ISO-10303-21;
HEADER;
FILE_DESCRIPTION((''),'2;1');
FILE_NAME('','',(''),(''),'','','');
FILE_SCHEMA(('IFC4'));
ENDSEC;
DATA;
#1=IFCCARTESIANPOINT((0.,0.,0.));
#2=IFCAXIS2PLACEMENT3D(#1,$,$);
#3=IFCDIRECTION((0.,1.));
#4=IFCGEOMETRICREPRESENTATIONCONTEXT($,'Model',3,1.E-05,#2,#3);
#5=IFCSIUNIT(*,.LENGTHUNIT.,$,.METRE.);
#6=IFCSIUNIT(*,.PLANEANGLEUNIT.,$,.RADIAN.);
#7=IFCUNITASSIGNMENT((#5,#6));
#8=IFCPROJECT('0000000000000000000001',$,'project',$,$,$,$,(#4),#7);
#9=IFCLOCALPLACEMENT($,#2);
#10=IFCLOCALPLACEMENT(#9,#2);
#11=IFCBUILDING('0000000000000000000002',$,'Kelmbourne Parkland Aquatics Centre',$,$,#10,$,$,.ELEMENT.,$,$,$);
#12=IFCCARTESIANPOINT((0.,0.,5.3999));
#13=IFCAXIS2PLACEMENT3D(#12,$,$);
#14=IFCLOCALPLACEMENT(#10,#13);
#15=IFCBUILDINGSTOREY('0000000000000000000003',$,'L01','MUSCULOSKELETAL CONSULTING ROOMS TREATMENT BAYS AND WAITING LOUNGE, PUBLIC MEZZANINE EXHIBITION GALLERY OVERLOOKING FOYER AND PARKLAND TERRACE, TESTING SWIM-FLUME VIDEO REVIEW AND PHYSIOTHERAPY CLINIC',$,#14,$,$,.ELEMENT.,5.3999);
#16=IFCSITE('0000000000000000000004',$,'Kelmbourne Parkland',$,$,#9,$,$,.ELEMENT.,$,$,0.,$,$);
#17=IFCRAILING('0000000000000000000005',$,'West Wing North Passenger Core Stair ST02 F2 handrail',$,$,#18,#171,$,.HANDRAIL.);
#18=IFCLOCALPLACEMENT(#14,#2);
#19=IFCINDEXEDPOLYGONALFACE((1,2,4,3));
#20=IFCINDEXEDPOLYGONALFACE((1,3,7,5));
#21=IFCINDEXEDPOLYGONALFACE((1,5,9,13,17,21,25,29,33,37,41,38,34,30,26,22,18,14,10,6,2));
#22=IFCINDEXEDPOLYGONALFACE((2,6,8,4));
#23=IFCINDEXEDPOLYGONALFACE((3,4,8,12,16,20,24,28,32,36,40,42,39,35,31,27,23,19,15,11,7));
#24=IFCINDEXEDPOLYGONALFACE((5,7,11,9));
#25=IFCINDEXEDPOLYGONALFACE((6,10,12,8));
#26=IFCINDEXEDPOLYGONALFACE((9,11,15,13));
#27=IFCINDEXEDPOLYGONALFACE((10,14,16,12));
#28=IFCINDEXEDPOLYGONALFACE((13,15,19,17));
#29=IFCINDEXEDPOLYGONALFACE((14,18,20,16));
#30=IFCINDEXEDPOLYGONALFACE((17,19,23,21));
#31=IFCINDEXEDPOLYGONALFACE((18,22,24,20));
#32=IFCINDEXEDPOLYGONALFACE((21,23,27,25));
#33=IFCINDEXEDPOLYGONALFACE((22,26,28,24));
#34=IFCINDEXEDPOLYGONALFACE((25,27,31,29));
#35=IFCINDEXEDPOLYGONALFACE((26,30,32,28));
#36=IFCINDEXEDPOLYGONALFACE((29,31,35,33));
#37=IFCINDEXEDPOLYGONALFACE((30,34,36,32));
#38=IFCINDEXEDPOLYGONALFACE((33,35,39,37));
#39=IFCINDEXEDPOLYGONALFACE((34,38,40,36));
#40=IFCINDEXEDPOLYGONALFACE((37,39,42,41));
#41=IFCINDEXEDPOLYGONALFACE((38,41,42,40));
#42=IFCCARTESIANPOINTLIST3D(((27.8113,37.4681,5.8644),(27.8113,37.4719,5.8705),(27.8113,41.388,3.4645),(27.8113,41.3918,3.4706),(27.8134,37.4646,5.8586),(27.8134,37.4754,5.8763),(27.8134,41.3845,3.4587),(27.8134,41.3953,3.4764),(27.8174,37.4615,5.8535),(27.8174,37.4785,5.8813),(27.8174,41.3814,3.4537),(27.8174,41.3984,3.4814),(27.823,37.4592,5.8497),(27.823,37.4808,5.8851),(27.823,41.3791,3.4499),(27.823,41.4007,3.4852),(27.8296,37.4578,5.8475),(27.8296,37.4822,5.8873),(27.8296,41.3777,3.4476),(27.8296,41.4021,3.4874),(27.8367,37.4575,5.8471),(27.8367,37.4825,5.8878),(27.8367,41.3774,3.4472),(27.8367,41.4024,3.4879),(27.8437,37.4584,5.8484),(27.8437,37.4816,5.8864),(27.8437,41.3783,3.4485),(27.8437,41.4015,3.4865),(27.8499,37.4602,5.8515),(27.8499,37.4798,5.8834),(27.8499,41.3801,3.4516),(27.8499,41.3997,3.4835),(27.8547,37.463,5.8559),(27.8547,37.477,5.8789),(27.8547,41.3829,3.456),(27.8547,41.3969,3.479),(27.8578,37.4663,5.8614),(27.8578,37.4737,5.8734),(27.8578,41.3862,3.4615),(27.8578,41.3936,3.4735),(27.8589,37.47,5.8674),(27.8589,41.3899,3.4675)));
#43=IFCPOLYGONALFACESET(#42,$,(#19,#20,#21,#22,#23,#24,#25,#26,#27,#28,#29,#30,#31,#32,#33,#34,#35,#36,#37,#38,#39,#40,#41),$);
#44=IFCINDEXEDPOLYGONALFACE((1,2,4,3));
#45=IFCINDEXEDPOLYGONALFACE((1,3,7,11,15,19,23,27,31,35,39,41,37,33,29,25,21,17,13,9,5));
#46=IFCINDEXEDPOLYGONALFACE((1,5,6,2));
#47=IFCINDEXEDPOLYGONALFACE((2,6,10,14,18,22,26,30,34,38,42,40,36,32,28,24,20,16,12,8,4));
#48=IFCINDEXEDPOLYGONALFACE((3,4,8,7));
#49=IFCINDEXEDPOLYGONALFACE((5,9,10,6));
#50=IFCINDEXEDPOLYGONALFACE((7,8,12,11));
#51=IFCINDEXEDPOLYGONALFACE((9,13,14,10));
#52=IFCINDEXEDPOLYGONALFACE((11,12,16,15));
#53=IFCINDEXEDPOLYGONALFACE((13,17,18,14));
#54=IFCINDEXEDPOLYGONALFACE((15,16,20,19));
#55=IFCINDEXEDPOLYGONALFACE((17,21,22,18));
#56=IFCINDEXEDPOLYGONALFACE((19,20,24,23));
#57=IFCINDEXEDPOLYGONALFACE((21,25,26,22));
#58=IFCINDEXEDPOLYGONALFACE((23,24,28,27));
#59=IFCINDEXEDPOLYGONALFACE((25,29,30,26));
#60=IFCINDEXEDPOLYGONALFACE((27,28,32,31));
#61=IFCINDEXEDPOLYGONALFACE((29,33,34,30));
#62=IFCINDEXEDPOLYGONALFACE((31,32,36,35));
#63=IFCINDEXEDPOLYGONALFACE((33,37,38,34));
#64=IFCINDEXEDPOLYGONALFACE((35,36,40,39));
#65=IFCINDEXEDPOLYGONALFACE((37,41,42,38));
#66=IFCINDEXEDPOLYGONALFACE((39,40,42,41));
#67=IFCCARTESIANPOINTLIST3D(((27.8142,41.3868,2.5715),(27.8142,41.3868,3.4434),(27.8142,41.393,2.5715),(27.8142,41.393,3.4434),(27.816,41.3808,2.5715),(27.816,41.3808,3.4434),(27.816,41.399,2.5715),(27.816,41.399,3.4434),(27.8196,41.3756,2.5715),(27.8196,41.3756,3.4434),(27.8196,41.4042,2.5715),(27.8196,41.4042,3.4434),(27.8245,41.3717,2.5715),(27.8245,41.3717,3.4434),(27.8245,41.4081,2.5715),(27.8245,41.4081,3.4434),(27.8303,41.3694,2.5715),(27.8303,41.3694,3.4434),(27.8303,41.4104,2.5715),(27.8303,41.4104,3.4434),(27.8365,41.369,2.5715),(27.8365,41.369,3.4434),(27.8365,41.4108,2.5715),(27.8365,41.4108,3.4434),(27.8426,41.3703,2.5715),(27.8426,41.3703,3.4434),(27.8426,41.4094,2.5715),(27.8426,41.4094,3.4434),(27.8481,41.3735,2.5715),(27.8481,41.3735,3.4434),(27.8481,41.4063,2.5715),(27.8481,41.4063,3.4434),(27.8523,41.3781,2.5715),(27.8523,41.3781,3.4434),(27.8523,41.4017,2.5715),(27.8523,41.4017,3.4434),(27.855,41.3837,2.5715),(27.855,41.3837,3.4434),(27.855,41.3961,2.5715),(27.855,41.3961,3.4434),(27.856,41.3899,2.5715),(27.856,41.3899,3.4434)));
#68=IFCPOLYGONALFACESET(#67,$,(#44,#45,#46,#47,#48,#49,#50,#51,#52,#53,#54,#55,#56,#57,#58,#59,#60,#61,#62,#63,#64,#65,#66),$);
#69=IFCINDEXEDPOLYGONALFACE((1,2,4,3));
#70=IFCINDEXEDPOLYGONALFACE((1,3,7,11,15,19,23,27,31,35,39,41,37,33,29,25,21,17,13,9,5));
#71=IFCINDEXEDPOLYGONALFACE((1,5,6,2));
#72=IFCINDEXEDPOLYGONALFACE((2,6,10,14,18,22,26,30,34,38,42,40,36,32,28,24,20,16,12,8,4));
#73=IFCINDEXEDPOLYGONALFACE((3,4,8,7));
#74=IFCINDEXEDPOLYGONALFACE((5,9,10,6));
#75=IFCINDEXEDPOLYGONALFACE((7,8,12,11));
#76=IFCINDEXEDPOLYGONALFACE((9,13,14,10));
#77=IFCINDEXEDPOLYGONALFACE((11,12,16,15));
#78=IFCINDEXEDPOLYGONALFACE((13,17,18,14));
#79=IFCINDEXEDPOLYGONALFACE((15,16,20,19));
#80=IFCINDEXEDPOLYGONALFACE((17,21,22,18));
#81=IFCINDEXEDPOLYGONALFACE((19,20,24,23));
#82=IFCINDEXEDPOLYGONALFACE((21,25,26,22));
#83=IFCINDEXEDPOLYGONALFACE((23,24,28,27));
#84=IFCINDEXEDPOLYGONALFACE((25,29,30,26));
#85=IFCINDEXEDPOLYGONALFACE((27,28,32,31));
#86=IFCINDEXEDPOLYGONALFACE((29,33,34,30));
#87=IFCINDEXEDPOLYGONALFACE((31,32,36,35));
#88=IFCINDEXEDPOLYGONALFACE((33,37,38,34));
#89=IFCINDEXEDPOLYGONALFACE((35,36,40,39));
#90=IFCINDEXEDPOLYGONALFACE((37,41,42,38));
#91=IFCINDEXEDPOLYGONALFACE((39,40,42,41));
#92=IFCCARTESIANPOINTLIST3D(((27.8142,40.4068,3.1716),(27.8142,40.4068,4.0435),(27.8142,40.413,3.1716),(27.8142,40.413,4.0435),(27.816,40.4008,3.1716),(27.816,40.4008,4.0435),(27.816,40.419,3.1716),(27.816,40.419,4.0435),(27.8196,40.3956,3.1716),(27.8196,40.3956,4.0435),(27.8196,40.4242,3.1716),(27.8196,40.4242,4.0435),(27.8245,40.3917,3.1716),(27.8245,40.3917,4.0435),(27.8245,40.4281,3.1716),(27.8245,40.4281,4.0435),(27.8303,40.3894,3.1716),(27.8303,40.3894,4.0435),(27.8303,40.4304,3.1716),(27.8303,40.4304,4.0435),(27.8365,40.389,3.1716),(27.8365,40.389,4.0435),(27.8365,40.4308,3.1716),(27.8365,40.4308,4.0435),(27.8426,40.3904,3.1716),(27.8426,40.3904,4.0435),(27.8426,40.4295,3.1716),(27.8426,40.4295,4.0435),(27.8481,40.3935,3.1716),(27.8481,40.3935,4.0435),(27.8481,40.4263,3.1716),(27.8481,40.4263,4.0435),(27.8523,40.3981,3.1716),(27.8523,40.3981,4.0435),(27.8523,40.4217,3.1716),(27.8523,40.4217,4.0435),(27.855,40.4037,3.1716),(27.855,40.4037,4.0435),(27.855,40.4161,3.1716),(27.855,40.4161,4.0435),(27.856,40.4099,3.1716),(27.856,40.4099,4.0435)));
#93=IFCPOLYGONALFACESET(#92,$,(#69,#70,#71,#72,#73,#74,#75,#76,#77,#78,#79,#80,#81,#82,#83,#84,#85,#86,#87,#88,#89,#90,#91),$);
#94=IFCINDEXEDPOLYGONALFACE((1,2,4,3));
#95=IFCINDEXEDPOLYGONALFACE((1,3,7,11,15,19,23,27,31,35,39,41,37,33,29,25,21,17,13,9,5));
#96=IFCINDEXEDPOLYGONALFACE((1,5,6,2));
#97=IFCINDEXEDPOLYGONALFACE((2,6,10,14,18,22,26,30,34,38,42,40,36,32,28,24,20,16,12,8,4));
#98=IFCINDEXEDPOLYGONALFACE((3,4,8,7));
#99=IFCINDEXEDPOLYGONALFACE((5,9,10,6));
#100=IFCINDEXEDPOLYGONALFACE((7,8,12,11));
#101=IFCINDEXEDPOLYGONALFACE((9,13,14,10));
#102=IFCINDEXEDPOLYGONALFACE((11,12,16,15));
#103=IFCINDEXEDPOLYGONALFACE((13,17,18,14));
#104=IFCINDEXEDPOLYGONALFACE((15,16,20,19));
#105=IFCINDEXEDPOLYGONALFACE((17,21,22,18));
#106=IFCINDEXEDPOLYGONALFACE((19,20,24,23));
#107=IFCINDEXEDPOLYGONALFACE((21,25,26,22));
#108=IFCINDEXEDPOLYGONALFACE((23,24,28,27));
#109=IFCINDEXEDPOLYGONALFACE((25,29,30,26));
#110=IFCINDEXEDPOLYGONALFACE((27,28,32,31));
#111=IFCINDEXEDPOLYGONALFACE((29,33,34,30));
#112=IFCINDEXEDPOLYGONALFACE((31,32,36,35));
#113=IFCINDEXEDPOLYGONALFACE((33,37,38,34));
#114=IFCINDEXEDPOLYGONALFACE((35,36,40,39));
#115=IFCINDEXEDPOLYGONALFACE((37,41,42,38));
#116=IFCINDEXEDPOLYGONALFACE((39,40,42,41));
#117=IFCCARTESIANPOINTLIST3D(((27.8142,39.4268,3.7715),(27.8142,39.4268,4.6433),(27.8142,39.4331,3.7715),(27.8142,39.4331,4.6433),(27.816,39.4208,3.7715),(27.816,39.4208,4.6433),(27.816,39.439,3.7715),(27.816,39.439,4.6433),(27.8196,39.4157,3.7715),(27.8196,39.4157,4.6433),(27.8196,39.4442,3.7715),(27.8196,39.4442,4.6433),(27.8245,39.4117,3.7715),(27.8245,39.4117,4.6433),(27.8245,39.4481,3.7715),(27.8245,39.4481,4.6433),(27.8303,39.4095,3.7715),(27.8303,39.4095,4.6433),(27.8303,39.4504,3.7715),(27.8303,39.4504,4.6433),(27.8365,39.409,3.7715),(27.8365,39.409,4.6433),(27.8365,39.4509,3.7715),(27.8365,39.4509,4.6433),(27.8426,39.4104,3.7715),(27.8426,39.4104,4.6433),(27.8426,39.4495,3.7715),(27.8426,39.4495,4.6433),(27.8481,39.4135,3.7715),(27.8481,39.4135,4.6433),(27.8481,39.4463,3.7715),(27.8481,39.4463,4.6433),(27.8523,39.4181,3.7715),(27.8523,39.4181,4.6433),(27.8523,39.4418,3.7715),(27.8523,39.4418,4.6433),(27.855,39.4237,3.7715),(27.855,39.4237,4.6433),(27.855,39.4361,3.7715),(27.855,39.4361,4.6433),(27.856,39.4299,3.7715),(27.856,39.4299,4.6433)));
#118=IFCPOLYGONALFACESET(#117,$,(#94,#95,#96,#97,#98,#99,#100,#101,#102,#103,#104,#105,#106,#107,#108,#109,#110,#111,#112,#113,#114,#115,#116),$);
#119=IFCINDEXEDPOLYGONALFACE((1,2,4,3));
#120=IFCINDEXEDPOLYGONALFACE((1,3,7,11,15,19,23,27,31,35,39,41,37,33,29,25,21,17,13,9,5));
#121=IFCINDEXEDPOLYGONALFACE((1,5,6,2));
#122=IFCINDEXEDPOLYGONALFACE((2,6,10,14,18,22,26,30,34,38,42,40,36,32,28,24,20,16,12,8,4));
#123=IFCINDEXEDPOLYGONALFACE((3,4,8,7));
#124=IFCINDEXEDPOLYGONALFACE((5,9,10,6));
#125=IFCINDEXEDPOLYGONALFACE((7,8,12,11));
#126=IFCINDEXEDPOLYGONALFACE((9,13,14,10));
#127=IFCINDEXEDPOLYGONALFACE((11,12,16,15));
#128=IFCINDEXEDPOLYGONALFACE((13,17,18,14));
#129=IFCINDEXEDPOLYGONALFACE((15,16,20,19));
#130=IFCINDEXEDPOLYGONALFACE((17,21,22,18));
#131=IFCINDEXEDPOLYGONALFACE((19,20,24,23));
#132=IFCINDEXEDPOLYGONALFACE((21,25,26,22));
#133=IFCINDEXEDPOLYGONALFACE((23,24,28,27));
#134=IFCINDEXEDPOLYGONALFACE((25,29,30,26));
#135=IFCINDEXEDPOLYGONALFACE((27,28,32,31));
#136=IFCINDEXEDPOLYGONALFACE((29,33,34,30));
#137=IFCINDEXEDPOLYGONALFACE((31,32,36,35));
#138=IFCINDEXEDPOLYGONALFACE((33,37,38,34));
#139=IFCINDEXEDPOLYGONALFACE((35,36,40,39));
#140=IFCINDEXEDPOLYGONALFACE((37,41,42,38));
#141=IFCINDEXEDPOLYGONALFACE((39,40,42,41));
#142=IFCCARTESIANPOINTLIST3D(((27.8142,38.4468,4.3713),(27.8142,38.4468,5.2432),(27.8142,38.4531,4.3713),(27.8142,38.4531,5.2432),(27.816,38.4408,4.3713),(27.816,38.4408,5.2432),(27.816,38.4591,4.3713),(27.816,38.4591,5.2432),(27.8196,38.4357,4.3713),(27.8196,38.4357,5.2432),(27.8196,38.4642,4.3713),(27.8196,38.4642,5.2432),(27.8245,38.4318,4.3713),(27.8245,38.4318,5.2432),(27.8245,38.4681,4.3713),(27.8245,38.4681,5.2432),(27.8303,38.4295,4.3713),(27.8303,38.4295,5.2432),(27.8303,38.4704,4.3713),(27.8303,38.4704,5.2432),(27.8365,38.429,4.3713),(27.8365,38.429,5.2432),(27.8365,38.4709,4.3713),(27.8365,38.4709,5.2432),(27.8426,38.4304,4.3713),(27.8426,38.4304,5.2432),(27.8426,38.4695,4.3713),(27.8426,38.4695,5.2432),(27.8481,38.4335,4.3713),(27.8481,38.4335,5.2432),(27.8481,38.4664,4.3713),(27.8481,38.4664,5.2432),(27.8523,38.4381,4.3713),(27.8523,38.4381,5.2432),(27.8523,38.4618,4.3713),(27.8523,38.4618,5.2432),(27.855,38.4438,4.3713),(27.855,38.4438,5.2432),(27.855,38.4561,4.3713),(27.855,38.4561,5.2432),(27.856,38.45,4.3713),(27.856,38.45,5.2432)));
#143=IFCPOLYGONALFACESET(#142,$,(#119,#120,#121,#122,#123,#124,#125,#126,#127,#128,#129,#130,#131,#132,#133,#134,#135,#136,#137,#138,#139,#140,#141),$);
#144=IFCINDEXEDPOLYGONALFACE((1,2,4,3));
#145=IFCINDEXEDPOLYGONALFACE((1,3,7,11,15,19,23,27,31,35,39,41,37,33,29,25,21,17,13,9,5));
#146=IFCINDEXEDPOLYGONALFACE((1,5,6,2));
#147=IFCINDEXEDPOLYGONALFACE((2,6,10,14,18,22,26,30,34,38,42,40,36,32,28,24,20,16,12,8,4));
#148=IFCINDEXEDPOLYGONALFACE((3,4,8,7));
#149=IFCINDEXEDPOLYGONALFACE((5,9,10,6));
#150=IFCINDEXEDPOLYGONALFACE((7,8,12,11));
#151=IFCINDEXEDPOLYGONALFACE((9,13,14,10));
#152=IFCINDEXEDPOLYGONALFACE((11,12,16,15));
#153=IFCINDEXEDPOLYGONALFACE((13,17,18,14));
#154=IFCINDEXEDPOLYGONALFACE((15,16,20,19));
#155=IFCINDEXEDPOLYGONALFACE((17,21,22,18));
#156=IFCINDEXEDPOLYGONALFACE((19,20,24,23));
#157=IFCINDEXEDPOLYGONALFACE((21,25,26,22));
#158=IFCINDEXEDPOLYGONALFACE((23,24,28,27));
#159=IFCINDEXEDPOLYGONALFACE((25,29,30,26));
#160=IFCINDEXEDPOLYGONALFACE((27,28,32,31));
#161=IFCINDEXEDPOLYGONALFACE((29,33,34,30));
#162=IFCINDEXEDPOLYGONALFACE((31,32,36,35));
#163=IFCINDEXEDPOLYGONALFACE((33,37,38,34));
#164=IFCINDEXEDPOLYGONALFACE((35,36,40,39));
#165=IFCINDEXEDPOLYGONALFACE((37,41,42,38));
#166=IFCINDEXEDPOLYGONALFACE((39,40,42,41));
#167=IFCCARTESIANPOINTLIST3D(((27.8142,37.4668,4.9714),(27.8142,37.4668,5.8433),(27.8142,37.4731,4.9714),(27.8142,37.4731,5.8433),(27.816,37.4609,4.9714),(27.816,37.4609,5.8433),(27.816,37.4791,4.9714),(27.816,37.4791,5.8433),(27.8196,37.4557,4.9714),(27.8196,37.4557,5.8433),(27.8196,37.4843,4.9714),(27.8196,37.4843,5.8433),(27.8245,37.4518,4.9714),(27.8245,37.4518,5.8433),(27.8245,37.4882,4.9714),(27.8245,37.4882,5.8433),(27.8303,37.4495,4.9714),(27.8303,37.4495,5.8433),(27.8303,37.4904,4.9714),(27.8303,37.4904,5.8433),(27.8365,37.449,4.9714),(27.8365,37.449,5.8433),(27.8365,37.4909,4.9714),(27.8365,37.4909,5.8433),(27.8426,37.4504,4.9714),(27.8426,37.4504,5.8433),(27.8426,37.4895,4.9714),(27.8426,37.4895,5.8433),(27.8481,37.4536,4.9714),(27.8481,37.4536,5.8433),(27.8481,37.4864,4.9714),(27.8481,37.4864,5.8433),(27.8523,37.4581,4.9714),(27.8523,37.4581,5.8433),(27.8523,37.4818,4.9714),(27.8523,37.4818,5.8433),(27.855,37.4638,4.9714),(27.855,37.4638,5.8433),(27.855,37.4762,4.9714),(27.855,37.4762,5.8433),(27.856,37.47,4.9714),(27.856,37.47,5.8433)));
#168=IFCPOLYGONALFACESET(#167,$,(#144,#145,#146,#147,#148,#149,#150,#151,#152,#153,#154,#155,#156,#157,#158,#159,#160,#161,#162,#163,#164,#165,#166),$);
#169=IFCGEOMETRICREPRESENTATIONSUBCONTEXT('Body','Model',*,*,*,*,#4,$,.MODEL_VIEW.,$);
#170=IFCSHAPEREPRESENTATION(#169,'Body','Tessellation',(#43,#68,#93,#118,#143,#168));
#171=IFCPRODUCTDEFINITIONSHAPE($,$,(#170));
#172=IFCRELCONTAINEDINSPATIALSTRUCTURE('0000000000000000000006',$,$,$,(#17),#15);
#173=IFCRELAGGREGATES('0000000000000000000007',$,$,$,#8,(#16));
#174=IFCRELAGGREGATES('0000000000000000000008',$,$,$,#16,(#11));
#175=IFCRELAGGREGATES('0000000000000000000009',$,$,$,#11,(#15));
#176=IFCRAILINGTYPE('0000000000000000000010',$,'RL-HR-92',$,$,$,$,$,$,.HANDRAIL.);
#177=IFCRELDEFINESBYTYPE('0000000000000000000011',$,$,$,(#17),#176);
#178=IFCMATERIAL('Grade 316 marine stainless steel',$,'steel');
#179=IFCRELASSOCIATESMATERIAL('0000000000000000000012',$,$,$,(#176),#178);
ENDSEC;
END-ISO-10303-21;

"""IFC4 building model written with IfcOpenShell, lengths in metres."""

from ifc_helpers import new_model, si_unit, direction, frame, origin, origin_2d, place, context, subcontext, project, spatial, circle, extrude, material, type_object, element, save


model = new_model("IFC4")

# Units and contexts
model_context = context("Model", 3, precision=1e-05, world=origin(), true_north=direction((0.0, 1.0)))
body_context = subcontext(model_context, "Body", "Model", "MODEL_VIEW")
ifc_project = project(units=[si_unit("LENGTHUNIT", "METRE"), si_unit("PLANEANGLEUNIT", "RADIAN")], contexts=[model_context])

# Site, building, storey
site_placement = place(None, origin())
site = spatial("IfcSite", under=ifc_project, at=site_placement, Name="Kelmbourne Parkland", CompositionType="ELEMENT", RefElevation=0.0)
building_placement = place(site_placement, origin())
building = spatial("IfcBuilding", under=site, at=building_placement, Name="Kelmbourne Parkland Aquatics Centre", CompositionType="ELEMENT")
storey_placement = place(building_placement, frame((0.0, 0.0, 5.3999)))
storey = spatial("IfcBuildingStorey", under=building, at=storey_placement, Name="L01", Description="MUSCULOSKELETAL CONSULTING ROOMS TREATMENT BAYS AND WAITING LOUNGE, PUBLIC MEZZANINE EXHIBITION GALLERY OVERLOOKING FOYER AND PARKLAND TERRACE, TESTING SWIM-FLUME VIDEO REVIEW AND PHYSIOTHERAPY CLINIC", CompositionType="ELEMENT", Elevation=5.3999)

# Railing
ifc_material_1 = material(Name="Grade 316 marine stainless steel", Category="steel")
railing_type = type_object("IfcRailingType", Name="RL-HR-92", PredefinedType="HANDRAIL", material=ifc_material_1)
railing_placement = place(storey_placement, frame((27.835, 41.3899, 2.5715)))
element("IfcRailing", 1, at=railing_placement, inside=storey, type_object=railing_type, Name="West Wing North Passenger Core Stair ST02 F2 handrail", PredefinedType="HANDRAIL", context=body_context, shape_type="SweptSolid", body=[
    extrude(circle(Radius=0.0239, at=origin_2d()), frame((0.0, 0.0, 0.896), z_axis=(0.0, -0.852856, 0.522146), x_axis=(1.0, 0.0, 0.0)), (0.0, 0.0, 1.0), 4.5962),
    extrude(circle(Radius=0.021, at=origin_2d()), origin(), (0.0, 0.0, 1.0), 0.8718),
    extrude(circle(Radius=0.021, at=origin_2d()), frame((0.0, -0.98, 0.6001)), (0.0, 0.0, 1.0), 0.8718),
    extrude(circle(Radius=0.021, at=origin_2d()), frame((0.0, -1.96, 1.2)), (0.0, 0.0, 1.0), 0.8718),
    extrude(circle(Radius=0.021, at=origin_2d()), frame((0.0, -2.9399, 1.7998)), (0.0, 0.0, 1.0), 0.8718),
    extrude(circle(Radius=0.021, at=origin_2d()), frame((0.0, -3.9199, 2.3999)), (0.0, 0.0, 1.0), 0.8718),
])

save(model, "model.ifc")
